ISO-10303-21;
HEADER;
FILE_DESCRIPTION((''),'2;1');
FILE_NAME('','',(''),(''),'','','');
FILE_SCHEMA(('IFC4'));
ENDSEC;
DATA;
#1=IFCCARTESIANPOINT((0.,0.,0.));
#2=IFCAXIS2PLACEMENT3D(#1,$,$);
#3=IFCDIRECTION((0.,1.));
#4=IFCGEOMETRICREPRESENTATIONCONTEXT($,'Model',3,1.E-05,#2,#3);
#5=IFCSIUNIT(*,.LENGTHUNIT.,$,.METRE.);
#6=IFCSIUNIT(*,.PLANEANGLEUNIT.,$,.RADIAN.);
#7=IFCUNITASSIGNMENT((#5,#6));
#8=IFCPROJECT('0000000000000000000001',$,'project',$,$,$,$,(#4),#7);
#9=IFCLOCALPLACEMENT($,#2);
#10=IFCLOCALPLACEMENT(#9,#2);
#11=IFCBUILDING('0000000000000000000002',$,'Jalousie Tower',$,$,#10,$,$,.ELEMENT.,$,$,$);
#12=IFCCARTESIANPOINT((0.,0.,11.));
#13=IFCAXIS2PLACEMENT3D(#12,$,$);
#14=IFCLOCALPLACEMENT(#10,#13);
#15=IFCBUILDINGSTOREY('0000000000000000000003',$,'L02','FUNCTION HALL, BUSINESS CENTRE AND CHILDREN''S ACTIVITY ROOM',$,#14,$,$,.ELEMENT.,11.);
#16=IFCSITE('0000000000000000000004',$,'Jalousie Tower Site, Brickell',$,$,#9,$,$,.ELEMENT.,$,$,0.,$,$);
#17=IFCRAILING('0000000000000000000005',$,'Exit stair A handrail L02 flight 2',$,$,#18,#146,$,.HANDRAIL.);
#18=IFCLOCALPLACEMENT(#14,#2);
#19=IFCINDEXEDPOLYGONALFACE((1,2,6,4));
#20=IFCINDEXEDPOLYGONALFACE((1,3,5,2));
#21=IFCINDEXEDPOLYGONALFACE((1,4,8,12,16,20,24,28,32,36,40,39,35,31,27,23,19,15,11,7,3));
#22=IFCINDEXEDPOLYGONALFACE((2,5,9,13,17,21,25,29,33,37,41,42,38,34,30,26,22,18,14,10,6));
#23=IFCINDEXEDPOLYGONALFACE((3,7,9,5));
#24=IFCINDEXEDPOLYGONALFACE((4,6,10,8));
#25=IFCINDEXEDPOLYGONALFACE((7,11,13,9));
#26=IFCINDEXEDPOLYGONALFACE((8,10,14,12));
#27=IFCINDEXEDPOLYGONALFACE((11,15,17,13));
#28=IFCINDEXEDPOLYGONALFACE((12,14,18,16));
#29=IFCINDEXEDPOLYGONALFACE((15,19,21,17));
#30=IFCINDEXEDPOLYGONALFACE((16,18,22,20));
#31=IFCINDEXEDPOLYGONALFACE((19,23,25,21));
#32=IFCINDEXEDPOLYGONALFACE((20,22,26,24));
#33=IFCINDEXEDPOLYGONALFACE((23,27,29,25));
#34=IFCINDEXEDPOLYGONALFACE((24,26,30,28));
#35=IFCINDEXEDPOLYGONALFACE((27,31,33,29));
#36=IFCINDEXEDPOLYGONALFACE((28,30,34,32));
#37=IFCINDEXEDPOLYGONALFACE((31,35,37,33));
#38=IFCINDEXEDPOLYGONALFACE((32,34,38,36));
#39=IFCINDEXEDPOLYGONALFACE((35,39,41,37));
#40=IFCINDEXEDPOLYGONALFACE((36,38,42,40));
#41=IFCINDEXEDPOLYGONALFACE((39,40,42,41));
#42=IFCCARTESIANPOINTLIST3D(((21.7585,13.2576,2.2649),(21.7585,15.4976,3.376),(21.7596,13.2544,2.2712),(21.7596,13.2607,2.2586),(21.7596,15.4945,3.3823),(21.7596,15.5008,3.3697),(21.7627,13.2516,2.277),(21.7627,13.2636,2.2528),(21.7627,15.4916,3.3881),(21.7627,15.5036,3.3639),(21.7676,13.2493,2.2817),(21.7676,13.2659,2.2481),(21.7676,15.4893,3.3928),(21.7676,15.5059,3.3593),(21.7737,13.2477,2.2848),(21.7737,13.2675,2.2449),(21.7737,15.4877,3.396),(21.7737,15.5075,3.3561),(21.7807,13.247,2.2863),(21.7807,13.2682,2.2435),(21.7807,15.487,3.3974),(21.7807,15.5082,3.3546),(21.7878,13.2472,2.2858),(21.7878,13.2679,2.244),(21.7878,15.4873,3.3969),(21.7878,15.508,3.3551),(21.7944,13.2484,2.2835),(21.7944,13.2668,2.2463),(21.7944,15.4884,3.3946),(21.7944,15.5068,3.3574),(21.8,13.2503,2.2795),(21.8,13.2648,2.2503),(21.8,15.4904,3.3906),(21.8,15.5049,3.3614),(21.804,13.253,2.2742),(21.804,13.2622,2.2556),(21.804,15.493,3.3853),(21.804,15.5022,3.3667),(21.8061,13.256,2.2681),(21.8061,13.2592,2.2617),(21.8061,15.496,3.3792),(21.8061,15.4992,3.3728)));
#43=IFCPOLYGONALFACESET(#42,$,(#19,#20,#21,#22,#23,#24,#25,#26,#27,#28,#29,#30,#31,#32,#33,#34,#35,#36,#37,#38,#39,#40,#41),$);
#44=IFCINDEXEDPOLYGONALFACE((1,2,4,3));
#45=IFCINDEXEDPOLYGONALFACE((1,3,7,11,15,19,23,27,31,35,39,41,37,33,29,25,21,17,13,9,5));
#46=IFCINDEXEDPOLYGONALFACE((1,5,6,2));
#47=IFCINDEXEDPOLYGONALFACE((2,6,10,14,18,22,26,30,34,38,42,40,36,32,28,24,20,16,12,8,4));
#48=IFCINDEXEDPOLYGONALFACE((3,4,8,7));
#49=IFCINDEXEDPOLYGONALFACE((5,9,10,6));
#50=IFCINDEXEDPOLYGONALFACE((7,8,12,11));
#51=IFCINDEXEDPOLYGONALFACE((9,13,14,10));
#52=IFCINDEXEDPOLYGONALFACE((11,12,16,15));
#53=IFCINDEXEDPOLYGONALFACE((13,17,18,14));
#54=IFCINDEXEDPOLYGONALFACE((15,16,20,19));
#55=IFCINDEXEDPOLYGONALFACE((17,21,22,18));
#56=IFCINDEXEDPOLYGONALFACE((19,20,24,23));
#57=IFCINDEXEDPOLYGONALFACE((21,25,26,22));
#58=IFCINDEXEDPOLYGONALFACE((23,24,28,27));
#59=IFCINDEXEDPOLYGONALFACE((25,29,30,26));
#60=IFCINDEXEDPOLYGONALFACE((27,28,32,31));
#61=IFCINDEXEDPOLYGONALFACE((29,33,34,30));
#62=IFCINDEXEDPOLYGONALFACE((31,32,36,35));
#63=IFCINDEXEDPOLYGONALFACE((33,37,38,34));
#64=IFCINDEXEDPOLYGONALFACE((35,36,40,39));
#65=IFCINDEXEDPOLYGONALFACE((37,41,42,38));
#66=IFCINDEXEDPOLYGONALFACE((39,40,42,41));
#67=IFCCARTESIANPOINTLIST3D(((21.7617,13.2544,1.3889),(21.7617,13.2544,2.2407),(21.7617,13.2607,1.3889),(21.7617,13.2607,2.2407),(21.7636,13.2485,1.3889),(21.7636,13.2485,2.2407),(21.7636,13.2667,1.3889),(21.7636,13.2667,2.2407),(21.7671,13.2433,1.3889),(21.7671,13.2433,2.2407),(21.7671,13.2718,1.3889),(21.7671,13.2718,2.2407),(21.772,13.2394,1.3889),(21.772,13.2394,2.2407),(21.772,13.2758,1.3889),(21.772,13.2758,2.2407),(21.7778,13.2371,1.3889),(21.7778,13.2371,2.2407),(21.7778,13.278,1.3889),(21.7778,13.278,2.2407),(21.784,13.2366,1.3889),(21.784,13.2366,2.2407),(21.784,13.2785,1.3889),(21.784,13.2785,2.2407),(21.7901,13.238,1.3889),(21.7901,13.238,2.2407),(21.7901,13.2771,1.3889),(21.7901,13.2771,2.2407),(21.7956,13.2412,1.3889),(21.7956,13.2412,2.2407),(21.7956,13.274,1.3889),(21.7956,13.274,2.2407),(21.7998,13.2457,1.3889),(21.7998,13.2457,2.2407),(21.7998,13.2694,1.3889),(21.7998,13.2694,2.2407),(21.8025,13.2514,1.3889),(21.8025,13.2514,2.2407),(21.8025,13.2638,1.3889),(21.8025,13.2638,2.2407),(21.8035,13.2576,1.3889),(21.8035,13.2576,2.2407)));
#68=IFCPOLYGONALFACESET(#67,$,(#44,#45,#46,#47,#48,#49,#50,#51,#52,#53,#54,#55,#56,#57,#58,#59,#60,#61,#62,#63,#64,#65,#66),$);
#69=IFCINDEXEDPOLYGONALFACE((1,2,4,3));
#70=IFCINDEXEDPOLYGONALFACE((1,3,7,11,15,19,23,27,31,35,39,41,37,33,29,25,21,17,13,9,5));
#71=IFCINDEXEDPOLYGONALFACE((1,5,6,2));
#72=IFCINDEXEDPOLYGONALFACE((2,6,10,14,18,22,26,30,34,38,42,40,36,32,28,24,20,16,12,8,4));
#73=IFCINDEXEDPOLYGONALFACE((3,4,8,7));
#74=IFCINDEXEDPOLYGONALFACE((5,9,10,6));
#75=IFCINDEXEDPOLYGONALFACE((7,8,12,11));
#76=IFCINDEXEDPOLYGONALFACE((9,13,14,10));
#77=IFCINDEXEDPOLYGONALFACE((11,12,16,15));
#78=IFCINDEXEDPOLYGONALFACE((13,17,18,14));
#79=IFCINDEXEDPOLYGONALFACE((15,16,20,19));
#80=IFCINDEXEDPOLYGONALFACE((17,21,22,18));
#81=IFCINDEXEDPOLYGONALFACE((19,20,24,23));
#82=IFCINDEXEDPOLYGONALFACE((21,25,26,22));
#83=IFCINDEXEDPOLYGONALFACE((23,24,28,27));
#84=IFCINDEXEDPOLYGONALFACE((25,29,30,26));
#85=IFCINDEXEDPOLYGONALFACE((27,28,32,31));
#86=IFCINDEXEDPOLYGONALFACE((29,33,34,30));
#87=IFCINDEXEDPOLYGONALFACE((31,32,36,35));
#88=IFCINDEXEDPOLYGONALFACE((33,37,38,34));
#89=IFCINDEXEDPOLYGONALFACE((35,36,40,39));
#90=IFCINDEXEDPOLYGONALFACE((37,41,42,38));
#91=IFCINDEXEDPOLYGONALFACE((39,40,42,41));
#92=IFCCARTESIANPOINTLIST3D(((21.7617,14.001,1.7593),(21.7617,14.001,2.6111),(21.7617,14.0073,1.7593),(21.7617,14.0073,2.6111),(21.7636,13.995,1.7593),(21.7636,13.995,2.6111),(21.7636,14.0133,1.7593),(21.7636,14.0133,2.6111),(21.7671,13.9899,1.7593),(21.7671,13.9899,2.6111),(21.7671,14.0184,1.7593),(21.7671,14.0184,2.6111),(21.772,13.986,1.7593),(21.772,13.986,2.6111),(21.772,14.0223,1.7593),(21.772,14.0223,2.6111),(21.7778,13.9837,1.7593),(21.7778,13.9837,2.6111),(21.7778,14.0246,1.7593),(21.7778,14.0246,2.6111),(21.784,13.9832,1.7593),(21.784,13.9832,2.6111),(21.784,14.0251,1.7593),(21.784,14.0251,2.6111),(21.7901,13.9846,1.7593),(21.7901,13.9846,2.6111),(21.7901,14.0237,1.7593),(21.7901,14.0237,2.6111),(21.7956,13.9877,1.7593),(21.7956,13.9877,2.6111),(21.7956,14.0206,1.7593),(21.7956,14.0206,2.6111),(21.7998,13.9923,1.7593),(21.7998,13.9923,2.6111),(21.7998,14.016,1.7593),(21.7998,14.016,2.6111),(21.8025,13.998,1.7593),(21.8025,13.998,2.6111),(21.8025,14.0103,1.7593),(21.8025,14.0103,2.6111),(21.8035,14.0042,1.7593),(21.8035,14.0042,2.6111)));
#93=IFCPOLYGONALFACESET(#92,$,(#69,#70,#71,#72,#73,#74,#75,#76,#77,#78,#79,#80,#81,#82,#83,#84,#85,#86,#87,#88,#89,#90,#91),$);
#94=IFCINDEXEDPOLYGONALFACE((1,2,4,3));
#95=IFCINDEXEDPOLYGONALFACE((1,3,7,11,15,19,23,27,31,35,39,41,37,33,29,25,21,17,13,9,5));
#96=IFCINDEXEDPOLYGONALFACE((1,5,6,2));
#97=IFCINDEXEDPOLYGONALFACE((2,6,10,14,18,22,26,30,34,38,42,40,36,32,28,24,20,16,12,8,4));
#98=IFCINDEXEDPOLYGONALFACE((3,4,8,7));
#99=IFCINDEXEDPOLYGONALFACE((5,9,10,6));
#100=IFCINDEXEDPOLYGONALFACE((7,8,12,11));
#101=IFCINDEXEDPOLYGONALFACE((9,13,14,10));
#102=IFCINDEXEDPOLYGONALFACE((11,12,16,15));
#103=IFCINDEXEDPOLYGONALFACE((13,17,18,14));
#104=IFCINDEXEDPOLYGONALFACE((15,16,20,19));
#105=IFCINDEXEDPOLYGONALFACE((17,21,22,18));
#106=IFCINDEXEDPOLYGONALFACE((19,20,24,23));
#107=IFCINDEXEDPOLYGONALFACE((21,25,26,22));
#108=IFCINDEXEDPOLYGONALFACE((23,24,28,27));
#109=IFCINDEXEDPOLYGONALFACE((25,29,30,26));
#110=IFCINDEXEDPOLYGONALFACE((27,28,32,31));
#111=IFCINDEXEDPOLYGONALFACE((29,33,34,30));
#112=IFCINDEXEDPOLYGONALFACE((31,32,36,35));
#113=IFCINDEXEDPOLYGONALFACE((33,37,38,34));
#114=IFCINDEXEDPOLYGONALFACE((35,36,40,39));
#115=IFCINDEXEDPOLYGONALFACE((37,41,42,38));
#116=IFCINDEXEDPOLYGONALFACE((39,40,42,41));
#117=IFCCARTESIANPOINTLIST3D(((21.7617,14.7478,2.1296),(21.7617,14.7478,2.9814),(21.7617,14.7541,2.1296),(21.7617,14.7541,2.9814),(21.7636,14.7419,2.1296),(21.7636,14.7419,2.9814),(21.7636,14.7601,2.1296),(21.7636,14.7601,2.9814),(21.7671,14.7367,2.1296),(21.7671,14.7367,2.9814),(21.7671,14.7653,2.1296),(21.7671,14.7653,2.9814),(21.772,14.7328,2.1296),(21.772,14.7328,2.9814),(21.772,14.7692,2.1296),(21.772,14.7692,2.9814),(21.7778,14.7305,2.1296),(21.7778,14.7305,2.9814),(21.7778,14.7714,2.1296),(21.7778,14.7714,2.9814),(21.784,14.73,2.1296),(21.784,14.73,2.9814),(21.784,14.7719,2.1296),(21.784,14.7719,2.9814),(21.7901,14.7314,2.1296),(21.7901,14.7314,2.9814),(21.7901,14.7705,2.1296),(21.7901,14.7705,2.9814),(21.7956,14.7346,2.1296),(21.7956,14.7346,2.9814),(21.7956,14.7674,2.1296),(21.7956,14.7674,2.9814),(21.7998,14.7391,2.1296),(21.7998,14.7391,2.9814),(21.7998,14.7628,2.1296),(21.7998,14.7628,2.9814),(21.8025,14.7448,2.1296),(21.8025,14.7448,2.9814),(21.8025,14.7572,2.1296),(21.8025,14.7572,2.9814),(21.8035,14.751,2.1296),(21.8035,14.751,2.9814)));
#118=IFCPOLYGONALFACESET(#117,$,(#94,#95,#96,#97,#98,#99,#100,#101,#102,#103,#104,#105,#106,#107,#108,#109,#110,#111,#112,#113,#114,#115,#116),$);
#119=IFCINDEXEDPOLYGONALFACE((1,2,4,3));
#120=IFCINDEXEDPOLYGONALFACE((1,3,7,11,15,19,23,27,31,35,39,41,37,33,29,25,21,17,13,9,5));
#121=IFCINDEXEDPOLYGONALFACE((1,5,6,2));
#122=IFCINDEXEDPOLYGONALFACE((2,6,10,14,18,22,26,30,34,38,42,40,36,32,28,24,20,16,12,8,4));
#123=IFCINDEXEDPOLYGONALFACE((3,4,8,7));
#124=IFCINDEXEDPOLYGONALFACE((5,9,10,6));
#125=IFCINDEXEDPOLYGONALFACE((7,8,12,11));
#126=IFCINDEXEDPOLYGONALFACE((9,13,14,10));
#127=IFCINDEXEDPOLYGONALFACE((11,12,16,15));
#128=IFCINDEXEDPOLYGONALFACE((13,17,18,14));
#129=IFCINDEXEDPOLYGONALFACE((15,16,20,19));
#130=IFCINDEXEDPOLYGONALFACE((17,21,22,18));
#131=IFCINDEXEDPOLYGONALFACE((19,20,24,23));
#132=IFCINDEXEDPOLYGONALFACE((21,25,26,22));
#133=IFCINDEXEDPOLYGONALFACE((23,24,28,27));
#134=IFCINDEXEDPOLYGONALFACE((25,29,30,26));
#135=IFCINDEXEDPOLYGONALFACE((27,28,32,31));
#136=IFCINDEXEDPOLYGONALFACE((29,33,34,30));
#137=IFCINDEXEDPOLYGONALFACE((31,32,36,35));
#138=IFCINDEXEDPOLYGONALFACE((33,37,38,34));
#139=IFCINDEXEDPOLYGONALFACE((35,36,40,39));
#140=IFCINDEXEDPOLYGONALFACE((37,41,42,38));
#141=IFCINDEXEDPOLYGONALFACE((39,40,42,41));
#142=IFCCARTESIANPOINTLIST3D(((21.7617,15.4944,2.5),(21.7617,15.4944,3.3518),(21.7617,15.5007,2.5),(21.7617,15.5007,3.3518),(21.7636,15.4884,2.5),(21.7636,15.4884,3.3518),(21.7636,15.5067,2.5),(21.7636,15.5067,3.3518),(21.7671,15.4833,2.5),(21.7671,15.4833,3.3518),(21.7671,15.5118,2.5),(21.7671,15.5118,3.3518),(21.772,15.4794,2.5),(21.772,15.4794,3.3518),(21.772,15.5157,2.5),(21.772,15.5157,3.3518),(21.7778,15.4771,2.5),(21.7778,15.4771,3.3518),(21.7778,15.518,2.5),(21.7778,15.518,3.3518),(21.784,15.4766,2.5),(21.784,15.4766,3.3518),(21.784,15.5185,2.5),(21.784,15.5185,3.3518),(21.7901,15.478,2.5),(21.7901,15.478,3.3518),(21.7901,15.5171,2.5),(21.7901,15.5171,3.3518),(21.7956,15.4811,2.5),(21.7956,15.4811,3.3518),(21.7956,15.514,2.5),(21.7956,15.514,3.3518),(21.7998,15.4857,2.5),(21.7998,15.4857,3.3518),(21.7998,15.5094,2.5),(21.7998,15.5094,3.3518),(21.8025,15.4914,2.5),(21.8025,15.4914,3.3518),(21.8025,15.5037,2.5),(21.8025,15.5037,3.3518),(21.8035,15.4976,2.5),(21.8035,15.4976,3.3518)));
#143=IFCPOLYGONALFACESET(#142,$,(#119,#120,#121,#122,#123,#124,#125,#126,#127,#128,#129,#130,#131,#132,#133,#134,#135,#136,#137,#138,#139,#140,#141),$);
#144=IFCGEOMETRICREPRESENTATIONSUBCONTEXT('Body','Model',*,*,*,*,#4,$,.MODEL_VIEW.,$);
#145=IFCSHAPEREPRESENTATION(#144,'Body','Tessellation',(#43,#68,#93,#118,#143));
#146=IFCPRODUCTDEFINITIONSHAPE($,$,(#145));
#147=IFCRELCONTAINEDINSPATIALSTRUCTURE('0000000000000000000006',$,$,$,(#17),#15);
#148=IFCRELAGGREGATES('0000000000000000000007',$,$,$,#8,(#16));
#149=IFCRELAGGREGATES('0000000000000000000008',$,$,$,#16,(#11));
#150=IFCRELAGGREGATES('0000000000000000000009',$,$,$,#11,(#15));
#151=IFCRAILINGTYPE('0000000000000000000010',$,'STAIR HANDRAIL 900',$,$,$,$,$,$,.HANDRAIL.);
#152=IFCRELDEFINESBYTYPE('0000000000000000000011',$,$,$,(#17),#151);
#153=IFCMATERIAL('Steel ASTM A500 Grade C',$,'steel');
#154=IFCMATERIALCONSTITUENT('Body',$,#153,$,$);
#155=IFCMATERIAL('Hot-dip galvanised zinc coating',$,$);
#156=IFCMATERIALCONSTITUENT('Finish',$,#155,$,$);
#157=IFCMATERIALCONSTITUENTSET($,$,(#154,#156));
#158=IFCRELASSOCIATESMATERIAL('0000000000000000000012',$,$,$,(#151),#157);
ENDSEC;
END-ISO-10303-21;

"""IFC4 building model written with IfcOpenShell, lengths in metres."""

from ifc_helpers import new_model, si_unit, direction, frame, origin, origin_2d, place, context, subcontext, project, spatial, circle, extrude, material, constituent, constituent_set, type_object, element, save


model = new_model("IFC4")

# Units and contexts
model_context = context("Model", 3, precision=1e-05, world=origin(), true_north=direction((0.0, 1.0)))
body_context = subcontext(model_context, "Body", "Model", "MODEL_VIEW")
ifc_project = project(units=[si_unit("LENGTHUNIT", "METRE"), si_unit("PLANEANGLEUNIT", "RADIAN")], contexts=[model_context])

# Site, building, storey
site_placement = place(None, origin())
site = spatial("IfcSite", under=ifc_project, at=site_placement, Name="Jalousie Tower Site, Brickell", CompositionType="ELEMENT", RefElevation=0.0)
building_placement = place(site_placement, origin())
building = spatial("IfcBuilding", under=site, at=building_placement, Name="Jalousie Tower", CompositionType="ELEMENT")
storey_placement = place(building_placement, frame((0.0, 0.0, 11.0)))
storey = spatial("IfcBuildingStorey", under=building, at=storey_placement, Name="L02", Description="FUNCTION HALL, BUSINESS CENTRE AND CHILDREN'S ACTIVITY ROOM", CompositionType="ELEMENT", Elevation=11.0)

# Railing
ifc_material_1 = material(Name="Steel ASTM A500 Grade C", Category="steel")
ifc_constituent_1 = constituent(ifc_material_1, Name="Body")
ifc_material_2 = material(Name="Hot-dip galvanised zinc coating")
ifc_constituent_2 = constituent(ifc_material_2, Name="Finish")
ifc_constituent_set_1 = constituent_set(constituents=[ifc_constituent_1, ifc_constituent_2])
railing_type_1 = type_object("IfcRailingType", Name="STAIR HANDRAIL 900", PredefinedType="HANDRAIL", material=ifc_constituent_set_1)
railing_1_placement = place(storey_placement, frame((21.7825, 13.2576, 1.3889)))
element("IfcRailing", 1, at=railing_1_placement, inside=storey, type_object=railing_type_1, Name="Exit stair A handrail L02 flight 2", PredefinedType="HANDRAIL", context=body_context, shape_type="SweptSolid", body=[
    extrude(circle(Radius=0.0239, at=origin_2d()), frame((0.0, 0.0, 0.876), z_axis=(0.0, 0.895848, 0.44436), x_axis=(-1.0, 0.0, 0.0)), (0.0, 0.0, 1.0), 2.5005),
    extrude(circle(Radius=0.021, at=origin_2d()), origin(), (0.0, 0.0, 1.0), 0.8518),
    extrude(circle(Radius=0.021, at=origin_2d()), frame((0.0, 0.7466, 0.3704)), (0.0, 0.0, 1.0), 0.8518),
    extrude(circle(Radius=0.021, at=origin_2d()), frame((0.0, 1.4934, 0.7407)), (0.0, 0.0, 1.0), 0.8518),
    extrude(circle(Radius=0.021, at=origin_2d()), frame((0.0, 2.24, 1.1111)), (0.0, 0.0, 1.0), 0.8518),
])

save(model, "model.ifc")
